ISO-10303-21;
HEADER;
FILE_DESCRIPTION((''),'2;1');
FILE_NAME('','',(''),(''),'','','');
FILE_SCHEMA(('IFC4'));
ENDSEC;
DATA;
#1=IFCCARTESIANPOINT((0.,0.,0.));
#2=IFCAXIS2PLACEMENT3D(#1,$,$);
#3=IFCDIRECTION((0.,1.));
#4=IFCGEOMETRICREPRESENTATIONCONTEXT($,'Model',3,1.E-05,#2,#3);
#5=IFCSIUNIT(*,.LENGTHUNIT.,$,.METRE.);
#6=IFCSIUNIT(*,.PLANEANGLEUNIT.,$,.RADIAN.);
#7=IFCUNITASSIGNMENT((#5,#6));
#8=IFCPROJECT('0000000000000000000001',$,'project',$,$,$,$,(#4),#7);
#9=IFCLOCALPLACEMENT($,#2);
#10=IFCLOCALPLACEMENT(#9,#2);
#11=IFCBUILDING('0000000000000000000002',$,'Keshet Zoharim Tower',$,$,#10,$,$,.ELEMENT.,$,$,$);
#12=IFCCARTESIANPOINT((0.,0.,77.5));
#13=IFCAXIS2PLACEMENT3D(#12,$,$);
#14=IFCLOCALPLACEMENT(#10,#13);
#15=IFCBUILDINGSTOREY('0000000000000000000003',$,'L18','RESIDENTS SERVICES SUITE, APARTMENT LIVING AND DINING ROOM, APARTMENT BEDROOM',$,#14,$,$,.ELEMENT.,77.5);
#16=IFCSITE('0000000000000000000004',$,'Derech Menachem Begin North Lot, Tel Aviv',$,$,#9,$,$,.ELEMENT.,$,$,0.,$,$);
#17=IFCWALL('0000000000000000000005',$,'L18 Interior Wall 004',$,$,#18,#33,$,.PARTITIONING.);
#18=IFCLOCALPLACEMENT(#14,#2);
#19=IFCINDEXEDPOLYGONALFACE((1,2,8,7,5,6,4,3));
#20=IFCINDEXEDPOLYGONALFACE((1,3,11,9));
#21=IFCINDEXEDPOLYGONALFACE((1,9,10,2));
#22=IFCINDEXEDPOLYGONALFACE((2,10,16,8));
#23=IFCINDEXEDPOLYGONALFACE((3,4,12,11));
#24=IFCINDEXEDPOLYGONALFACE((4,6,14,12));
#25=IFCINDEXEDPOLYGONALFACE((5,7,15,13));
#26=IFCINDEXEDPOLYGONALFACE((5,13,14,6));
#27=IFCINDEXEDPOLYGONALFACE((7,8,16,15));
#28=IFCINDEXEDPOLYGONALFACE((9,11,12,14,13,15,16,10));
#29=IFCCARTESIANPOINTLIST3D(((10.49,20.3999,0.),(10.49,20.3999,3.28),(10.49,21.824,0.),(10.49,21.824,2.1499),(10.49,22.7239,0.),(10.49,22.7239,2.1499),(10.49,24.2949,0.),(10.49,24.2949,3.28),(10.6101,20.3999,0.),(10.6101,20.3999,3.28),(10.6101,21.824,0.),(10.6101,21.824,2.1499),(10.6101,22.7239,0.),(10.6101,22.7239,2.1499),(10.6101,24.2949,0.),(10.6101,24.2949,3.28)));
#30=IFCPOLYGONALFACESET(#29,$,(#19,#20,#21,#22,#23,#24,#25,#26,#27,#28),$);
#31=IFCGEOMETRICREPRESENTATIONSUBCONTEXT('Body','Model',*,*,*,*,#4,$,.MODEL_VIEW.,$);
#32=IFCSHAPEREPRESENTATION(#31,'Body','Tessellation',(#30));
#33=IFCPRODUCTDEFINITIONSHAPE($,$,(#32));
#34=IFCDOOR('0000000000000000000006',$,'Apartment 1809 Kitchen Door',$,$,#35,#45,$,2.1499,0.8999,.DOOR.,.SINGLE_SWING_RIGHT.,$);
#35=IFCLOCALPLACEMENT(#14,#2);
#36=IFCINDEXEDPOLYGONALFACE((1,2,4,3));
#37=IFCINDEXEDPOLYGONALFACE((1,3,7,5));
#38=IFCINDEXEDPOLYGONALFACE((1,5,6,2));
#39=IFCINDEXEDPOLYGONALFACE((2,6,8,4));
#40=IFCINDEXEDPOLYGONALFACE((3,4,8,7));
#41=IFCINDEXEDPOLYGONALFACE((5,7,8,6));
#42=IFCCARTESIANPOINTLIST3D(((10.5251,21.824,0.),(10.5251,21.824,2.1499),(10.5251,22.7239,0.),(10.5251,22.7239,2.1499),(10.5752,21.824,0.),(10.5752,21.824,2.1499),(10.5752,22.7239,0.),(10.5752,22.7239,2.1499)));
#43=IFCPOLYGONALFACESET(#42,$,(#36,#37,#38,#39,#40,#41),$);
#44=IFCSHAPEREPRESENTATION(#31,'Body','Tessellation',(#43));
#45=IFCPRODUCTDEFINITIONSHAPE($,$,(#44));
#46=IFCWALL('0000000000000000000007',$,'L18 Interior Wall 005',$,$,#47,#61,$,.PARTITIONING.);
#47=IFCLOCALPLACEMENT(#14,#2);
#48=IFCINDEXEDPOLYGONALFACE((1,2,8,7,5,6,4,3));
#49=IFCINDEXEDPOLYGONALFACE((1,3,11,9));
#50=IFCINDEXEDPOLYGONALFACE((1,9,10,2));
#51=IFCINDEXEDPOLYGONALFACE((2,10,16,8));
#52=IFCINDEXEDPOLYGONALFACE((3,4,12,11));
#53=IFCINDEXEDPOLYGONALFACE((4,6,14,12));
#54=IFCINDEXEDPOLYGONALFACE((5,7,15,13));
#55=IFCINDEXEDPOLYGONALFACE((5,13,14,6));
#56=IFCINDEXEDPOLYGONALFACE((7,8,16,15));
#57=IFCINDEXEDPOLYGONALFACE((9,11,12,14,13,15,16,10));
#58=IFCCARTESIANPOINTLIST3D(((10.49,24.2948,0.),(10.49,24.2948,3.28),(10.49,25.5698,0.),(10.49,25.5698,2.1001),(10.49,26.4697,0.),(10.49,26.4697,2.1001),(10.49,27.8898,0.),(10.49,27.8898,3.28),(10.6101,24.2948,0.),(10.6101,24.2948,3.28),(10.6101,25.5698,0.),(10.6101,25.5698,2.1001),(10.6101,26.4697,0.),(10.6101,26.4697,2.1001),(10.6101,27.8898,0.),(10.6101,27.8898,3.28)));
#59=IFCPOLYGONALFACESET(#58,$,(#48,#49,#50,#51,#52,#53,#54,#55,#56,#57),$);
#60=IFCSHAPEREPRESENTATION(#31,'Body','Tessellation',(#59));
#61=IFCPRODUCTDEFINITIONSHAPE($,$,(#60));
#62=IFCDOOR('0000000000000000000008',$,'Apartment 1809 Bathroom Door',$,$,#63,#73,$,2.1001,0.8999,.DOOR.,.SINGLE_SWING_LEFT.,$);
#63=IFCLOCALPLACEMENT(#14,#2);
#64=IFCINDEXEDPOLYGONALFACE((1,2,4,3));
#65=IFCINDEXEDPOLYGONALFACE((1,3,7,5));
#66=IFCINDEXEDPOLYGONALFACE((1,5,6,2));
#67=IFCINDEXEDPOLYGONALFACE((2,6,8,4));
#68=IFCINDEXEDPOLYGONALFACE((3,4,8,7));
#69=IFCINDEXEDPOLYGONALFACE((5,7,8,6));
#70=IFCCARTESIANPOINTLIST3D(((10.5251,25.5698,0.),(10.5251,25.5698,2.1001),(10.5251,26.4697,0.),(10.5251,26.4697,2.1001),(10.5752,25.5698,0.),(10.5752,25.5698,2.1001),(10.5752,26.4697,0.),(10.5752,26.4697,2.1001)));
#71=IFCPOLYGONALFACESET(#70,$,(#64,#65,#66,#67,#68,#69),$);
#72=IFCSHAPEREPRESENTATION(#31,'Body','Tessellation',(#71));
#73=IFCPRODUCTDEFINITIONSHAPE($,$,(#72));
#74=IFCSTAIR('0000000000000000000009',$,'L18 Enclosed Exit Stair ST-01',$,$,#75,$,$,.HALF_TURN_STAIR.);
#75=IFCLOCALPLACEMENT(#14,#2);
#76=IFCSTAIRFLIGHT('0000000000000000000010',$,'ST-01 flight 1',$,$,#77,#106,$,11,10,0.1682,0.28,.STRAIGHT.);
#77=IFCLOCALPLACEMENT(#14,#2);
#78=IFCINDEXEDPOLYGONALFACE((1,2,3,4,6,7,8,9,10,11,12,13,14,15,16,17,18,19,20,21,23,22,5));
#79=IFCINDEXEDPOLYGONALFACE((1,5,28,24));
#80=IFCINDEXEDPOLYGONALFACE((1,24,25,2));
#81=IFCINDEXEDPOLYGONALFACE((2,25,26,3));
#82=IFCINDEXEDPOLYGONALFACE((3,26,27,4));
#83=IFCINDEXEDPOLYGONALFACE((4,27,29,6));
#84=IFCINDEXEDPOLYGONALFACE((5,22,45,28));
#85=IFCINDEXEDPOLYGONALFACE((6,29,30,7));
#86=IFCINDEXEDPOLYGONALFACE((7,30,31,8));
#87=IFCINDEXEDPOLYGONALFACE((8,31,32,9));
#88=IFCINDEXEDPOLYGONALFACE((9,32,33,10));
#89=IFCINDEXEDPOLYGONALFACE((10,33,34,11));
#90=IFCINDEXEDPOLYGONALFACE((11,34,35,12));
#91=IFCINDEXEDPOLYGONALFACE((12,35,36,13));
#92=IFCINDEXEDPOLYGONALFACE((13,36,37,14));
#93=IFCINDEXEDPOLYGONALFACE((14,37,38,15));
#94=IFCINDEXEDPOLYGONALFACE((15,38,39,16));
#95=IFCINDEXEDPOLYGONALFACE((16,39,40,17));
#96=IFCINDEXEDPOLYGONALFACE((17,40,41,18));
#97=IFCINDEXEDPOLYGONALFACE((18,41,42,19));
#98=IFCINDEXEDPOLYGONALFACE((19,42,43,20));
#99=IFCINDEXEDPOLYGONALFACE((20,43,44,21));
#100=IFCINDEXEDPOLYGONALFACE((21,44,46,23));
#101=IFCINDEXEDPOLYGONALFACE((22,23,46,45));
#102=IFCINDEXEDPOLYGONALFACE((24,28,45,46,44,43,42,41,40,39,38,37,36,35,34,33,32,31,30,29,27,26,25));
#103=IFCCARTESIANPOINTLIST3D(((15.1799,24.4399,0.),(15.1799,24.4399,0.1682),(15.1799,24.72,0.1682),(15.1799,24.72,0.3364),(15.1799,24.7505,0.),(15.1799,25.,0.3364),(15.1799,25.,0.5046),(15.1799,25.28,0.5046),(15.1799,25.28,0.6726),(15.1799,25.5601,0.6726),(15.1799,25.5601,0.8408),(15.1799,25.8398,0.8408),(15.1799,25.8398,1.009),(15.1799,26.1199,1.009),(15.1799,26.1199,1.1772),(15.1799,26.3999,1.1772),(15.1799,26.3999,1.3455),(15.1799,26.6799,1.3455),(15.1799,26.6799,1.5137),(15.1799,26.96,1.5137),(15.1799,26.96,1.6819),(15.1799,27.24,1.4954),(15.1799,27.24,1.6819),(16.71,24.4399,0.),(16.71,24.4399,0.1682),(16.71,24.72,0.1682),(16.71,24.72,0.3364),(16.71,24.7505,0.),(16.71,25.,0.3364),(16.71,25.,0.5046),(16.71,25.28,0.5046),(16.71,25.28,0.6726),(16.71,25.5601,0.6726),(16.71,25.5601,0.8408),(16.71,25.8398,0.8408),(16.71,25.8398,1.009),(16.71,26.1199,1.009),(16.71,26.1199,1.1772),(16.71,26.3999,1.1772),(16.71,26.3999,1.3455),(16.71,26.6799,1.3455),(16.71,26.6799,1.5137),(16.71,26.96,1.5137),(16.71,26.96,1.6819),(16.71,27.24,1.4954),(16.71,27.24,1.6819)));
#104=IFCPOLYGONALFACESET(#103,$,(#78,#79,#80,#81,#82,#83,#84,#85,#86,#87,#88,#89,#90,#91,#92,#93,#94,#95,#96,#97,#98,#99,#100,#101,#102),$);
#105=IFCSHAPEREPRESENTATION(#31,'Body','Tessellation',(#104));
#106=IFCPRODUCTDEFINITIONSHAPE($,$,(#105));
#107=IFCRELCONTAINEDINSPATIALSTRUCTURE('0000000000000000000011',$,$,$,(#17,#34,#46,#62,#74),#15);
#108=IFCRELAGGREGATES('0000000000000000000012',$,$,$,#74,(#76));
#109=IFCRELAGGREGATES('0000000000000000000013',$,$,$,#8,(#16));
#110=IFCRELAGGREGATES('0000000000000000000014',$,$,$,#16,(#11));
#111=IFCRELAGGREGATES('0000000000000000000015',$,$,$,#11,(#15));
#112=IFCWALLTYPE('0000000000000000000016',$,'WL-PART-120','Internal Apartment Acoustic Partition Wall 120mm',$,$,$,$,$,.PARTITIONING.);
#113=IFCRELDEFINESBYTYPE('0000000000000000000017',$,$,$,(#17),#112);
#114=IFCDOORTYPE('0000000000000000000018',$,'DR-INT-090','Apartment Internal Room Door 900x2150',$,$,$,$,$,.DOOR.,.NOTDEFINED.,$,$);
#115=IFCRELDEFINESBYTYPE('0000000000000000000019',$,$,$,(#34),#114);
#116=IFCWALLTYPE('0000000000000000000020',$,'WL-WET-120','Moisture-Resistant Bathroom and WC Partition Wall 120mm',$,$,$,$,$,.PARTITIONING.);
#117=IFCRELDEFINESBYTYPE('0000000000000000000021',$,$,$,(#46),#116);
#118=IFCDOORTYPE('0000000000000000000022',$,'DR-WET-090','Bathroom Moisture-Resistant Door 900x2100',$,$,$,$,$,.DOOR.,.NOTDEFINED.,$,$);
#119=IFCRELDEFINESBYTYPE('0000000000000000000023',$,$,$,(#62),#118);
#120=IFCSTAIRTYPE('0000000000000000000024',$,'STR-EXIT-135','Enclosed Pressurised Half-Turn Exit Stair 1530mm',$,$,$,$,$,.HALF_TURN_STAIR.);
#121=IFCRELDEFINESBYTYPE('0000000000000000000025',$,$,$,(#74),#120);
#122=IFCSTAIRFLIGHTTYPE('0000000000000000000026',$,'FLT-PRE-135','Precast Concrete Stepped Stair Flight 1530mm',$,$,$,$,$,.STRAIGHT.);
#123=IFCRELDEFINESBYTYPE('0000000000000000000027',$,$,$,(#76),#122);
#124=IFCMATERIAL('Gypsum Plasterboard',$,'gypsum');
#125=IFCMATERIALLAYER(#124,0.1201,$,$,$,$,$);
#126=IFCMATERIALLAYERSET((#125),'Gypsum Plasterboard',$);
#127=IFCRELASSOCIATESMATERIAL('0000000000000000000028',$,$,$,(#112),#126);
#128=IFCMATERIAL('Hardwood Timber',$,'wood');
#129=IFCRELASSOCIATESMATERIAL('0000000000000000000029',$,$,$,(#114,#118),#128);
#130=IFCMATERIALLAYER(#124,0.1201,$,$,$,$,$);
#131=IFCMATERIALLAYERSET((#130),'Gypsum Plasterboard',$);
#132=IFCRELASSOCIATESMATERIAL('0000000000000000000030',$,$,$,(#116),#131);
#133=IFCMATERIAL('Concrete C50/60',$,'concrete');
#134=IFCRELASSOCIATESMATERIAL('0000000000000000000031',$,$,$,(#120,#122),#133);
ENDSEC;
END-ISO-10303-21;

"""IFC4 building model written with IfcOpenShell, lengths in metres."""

from ifc_helpers import new_model, si_unit, direction, frame, frame_2d, origin, place, context, subcontext, project, spatial, polyline, rectangle, outline, extrude, material, layer, layer_set, type_object, element, fill, aggregate, save


model = new_model("IFC4")

# Units and contexts
model_context = context("Model", 3, precision=1e-05, world=origin(), true_north=direction((0.0, 1.0)))
body_context = subcontext(model_context, "Body", "Model", "MODEL_VIEW")
ifc_project = project(units=[si_unit("LENGTHUNIT", "METRE"), si_unit("PLANEANGLEUNIT", "RADIAN")], contexts=[model_context])

# Site, building, storey
site_placement = place(None, origin())
site = spatial("IfcSite", under=ifc_project, at=site_placement, Name="Derech Menachem Begin North Lot, Tel Aviv", CompositionType="ELEMENT", RefElevation=0.0)
building_placement = place(site_placement, origin())
building = spatial("IfcBuilding", under=site, at=building_placement, Name="Keshet Zoharim Tower", CompositionType="ELEMENT")
storey_placement = place(building_placement, frame((0.0, 0.0, 77.5)))
storey = spatial("IfcBuildingStorey", under=building, at=storey_placement, Name="L18", Description="RESIDENTS SERVICES SUITE, APARTMENT LIVING AND DINING ROOM, APARTMENT BEDROOM", CompositionType="ELEMENT", Elevation=77.5)

# Shared definitions
ifc_material_1 = material(Name="Hardwood Timber", Category="wood")

# Shared definitions
ifc_material_2 = material(Name="Gypsum Plasterboard", Category="gypsum")

# Wall, opening, door
ifc_material_3 = material(Name="Concrete C50/60", Category="concrete")
ifc_layer_1 = layer(ifc_material_2, 0.1201)
ifc_layer_set_1 = layer_set([ifc_layer_1], Name="Gypsum Plasterboard")
wall_type_1 = type_object("IfcWallType", Name="WL-PART-120", Description="Internal Apartment Acoustic Partition Wall 120mm", PredefinedType="PARTITIONING", material=ifc_layer_set_1)
wall_1_placement = place(storey_placement, frame((10.55, 20.3999, 0.0), z_axis=(0.0, 0.0, 1.0), x_axis=(0.0, 1.0, 0.0)))
wall_1 = element("IfcWall", 1, at=wall_1_placement, inside=storey, type_object=wall_type_1, Name="L18 Interior Wall 004", PredefinedType="PARTITIONING", context=body_context, shape_type="SweptSolid", body=[
    extrude(rectangle(XDim=3.895, YDim=0.1201, at=frame_2d((1.9475, 0.0))), origin(), (0.0, 0.0, 1.0), 3.28),
])
opening_1_placement = place(wall_1_placement, frame((1.4241, 0.0, 0.0)))
opening_1 = element("IfcOpeningElement", 2, at=opening_1_placement, cuts=wall_1, PredefinedType="OPENING", context=body_context, shape_type="SweptSolid", body=[
    extrude(rectangle(XDim=0.8999, YDim=2.1499, at=frame_2d((0.45, 1.075))), frame((0.0, 0.0701, 0.0), z_axis=(0.0, -1.0, 0.0), x_axis=(1.0, 0.0, 0.0)), (0.0, 0.0, 1.0), 0.1401),
])
door_type_1 = type_object("IfcDoorType", Name="DR-INT-090", Description="Apartment Internal Room Door 900x2150", OperationType="NOTDEFINED", PredefinedType="DOOR", material=ifc_material_1)
door_1_placement = place(opening_1_placement, origin())
door_1 = element("IfcDoor", 3, at=door_1_placement, inside=storey, type_object=door_type_1, Name="Apartment 1809 Kitchen Door", OperationType="SINGLE_SWING_RIGHT", OverallHeight=2.1499, OverallWidth=0.8999, PredefinedType="DOOR", context=body_context, shape_type="SweptSolid", body=[
    extrude(rectangle(XDim=0.8999, YDim=2.1499, at=frame_2d((0.45, 1.075))), frame((0.0, 0.0249, 0.0), z_axis=(0.0, -1.0, 0.0), x_axis=(1.0, 0.0, 0.0)), (0.0, 0.0, 1.0), 0.05),
])
fill(opening_1, door_1)

# Wall, opening, door
ifc_layer_2 = layer(ifc_material_2, 0.1201)
ifc_layer_set_2 = layer_set([ifc_layer_2], Name="Gypsum Plasterboard")
wall_type_2 = type_object("IfcWallType", Name="WL-WET-120", Description="Moisture-Resistant Bathroom and WC Partition Wall 120mm", PredefinedType="PARTITIONING", material=ifc_layer_set_2)
wall_2_placement = place(storey_placement, frame((10.55, 24.2949, 0.0), z_axis=(0.0, 0.0, 1.0), x_axis=(0.0, 1.0, 0.0)))
wall_2 = element("IfcWall", 4, at=wall_2_placement, inside=storey, type_object=wall_type_2, Name="L18 Interior Wall 005", PredefinedType="PARTITIONING", context=body_context, shape_type="SweptSolid", body=[
    extrude(rectangle(XDim=3.595, YDim=0.1201, at=frame_2d((1.7974, 0.0))), origin(), (0.0, 0.0, 1.0), 3.28),
])
opening_2_placement = place(wall_2_placement, frame((1.2749, 0.0, 0.0)))
opening_2 = element("IfcOpeningElement", 5, at=opening_2_placement, cuts=wall_2, PredefinedType="OPENING", context=body_context, shape_type="SweptSolid", body=[
    extrude(rectangle(XDim=0.8999, YDim=2.1001, at=frame_2d((0.45, 1.05))), frame((0.0, 0.0701, 0.0), z_axis=(0.0, -1.0, 0.0), x_axis=(1.0, 0.0, 0.0)), (0.0, 0.0, 1.0), 0.1401),
])
door_type_2 = type_object("IfcDoorType", Name="DR-WET-090", Description="Bathroom Moisture-Resistant Door 900x2100", OperationType="NOTDEFINED", PredefinedType="DOOR", material=ifc_material_1)
door_2_placement = place(opening_2_placement, origin())
door_2 = element("IfcDoor", 6, at=door_2_placement, inside=storey, type_object=door_type_2, Name="Apartment 1809 Bathroom Door", OperationType="SINGLE_SWING_LEFT", OverallHeight=2.1001, OverallWidth=0.8999, PredefinedType="DOOR", context=body_context, shape_type="SweptSolid", body=[
    extrude(rectangle(XDim=0.8999, YDim=2.1001, at=frame_2d((0.45, 1.05))), frame((0.0, 0.0249, 0.0), z_axis=(0.0, -1.0, 0.0), x_axis=(1.0, 0.0, 0.0)), (0.0, 0.0, 1.0), 0.05),
])
fill(opening_2, door_2)

# Stair, stair flight
stair_type = type_object("IfcStairType", Name="STR-EXIT-135", Description="Enclosed Pressurised Half-Turn Exit Stair 1530mm", PredefinedType="HALF_TURN_STAIR", material=ifc_material_3)
stair_placement = place(storey_placement, origin())
stair = element("IfcStair", 7, at=stair_placement, inside=storey, type_object=stair_type, Name="L18 Enclosed Exit Stair ST-01", PredefinedType="HALF_TURN_STAIR")
stair_flight_type = type_object("IfcStairFlightType", Name="FLT-PRE-135", Description="Precast Concrete Stepped Stair Flight 1530mm", PredefinedType="STRAIGHT", material=ifc_material_3)
stair_flight_placement = place(storey_placement, frame((15.9451, 24.4399, 0.0), z_axis=(0.0, 0.0, 1.0), x_axis=(0.0, 1.0, 0.0)))
stair_flight = element("IfcStairFlight", 8, at=stair_flight_placement, type_object=stair_flight_type, Name="ST-01 flight 1", NumberOfRisers=11, NumberOfTreads=10, PredefinedType="STRAIGHT", RiserHeight=0.1682, TreadLength=0.28, context=body_context, shape_type="SweptSolid", body=[
    extrude(outline(polyline([(0.0, 0.0), (0.0, 0.1682), (0.28, 0.1682), (0.28, 0.3364), (0.5601, 0.3364), (0.5601, 0.5046), (0.8401, 0.5046), (0.8401, 0.6726), (1.1201, 0.6726), (1.1201, 0.8408), (1.3999, 0.8408), (1.3999, 1.009), (1.6799, 1.009), (1.6799, 1.1772), (1.96, 1.1772), (1.96, 1.3455), (2.24, 1.3455), (2.24, 1.5137), (2.52, 1.5137), (2.52, 1.6819), (2.8, 1.6819), (2.8, 1.8501), (2.8, 1.4954), (0.3105, 0.0), (0.0, 0.0)])), frame((0.0, 0.7651, 0.0), z_axis=(0.0, -1.0, 0.0), x_axis=(1.0, 0.0, 0.0)), (0.0, 0.0, 1.0), 1.53),
])
aggregate(stair, [stair_flight])

save(model, "model.ifc")
